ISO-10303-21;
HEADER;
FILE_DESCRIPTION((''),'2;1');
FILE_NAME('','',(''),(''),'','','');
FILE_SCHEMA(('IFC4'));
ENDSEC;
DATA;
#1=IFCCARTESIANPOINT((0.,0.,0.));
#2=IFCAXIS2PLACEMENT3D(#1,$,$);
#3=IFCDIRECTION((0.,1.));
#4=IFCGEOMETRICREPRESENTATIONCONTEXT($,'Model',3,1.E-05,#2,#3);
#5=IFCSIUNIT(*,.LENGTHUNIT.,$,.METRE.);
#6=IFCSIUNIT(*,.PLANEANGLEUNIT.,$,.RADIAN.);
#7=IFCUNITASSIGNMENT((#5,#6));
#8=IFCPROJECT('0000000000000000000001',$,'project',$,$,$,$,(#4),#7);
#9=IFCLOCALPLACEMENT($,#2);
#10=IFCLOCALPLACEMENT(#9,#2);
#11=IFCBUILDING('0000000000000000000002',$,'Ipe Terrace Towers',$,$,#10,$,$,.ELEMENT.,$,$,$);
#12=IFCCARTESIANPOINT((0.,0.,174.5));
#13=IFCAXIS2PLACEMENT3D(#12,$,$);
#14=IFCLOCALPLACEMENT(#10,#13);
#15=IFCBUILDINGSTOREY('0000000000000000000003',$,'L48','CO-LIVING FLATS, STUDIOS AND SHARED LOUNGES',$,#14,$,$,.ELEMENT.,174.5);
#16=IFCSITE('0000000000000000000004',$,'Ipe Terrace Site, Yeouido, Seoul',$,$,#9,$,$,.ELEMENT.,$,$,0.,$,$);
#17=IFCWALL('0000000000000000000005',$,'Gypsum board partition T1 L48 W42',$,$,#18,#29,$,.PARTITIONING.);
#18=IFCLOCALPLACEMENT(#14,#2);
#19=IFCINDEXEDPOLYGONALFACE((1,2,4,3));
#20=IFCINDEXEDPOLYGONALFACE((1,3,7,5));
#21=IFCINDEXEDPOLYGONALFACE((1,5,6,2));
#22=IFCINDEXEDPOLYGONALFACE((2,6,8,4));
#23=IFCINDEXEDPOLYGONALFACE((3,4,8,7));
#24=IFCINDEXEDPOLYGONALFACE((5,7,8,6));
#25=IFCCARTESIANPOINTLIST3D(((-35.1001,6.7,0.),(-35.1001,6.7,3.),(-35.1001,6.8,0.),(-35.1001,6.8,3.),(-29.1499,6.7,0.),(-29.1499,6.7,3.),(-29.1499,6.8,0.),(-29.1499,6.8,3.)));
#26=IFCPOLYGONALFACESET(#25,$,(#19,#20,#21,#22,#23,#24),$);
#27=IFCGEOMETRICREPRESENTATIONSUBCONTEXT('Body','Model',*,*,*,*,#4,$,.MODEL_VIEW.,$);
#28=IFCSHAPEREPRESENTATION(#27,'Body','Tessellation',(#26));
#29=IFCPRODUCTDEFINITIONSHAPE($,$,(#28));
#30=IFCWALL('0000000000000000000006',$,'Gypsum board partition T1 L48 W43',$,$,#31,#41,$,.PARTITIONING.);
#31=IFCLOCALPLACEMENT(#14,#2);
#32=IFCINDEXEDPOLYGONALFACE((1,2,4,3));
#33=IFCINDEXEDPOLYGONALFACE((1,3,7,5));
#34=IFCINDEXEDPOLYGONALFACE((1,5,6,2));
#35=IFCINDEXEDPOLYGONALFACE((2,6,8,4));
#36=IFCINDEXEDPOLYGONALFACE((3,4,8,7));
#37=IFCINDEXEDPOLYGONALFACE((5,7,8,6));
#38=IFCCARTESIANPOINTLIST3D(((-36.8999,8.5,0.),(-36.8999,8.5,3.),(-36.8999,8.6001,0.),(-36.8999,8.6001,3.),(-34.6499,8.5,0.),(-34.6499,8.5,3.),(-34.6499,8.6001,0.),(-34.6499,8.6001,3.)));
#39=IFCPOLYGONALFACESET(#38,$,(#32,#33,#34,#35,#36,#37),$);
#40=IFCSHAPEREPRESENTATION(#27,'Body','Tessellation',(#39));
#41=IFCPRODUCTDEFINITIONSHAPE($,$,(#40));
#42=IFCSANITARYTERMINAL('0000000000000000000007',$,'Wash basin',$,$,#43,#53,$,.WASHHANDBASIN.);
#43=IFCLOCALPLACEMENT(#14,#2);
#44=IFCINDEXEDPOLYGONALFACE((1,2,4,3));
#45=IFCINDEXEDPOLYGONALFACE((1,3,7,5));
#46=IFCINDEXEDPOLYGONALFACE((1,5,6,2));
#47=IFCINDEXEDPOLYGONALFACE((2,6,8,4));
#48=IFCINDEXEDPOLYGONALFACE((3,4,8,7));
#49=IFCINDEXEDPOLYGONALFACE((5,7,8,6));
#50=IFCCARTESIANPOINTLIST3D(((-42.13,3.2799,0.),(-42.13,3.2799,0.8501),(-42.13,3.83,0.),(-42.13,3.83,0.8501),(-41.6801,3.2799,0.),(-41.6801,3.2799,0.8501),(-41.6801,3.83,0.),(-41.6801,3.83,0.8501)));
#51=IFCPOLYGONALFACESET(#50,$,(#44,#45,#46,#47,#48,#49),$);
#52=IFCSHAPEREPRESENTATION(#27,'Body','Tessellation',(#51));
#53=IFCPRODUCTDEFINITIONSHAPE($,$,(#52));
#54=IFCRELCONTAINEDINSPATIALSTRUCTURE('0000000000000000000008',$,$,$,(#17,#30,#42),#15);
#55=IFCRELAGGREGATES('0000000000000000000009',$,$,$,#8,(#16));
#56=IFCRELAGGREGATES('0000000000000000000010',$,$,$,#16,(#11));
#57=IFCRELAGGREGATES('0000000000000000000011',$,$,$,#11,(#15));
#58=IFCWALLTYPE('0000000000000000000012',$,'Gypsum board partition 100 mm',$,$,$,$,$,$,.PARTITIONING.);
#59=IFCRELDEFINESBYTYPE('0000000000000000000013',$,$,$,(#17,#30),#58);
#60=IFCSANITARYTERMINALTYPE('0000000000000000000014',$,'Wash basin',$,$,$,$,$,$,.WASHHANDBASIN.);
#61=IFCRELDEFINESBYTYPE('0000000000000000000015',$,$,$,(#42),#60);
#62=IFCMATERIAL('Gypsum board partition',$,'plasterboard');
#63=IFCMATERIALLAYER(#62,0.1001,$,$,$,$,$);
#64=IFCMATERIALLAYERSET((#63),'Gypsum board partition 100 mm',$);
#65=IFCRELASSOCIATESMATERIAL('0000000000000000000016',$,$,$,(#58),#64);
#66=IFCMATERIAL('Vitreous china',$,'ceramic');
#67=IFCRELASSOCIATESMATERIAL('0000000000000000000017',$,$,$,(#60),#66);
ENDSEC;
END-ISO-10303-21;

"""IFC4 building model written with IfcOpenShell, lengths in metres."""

from ifc_helpers import new_model, si_unit, direction, frame, frame_2d, origin, origin_2d, place, context, subcontext, project, spatial, rectangle, extrude, material, layer, layer_set, type_object, element, save


model = new_model("IFC4")

# Units and contexts
model_context = context("Model", 3, precision=1e-05, world=origin(), true_north=direction((0.0, 1.0)))
body_context = subcontext(model_context, "Body", "Model", "MODEL_VIEW")
ifc_project = project(units=[si_unit("LENGTHUNIT", "METRE"), si_unit("PLANEANGLEUNIT", "RADIAN")], contexts=[model_context])

# Site, building, storey
site_placement = place(None, origin())
site = spatial("IfcSite", under=ifc_project, at=site_placement, Name="Ipe Terrace Site, Yeouido, Seoul", CompositionType="ELEMENT", RefElevation=0.0)
building_placement = place(site_placement, origin())
building = spatial("IfcBuilding", under=site, at=building_placement, Name="Ipe Terrace Towers", CompositionType="ELEMENT")
storey_placement = place(building_placement, frame((0.0, 0.0, 174.5)))
storey = spatial("IfcBuildingStorey", under=building, at=storey_placement, Name="L48", Description="CO-LIVING FLATS, STUDIOS AND SHARED LOUNGES", CompositionType="ELEMENT", Elevation=174.5)

# Shared definitions
ifc_material_1 = material(Name="Gypsum board partition", Category="plasterboard")
ifc_layer_1 = layer(ifc_material_1, 0.1001)
ifc_layer_set_1 = layer_set([ifc_layer_1], Name="Gypsum board partition 100 mm")
wall_type_1 = type_object("IfcWallType", Name="Gypsum board partition 100 mm", PredefinedType="PARTITIONING", material=ifc_layer_set_1)

# Walls
wall_1_placement = place(storey_placement, frame((-35.1001, 6.75, 0.0), z_axis=(0.0, 0.0, 1.0), x_axis=(1.0, 0.0, 0.0)))
element("IfcWall", 1, at=wall_1_placement, inside=storey, type_object=wall_type_1, Name="Gypsum board partition T1 L48 W42", PredefinedType="PARTITIONING", context=body_context, shape_type="SweptSolid", body=[
    extrude(rectangle(XDim=5.9502, YDim=0.1001, at=frame_2d((2.9751, 0.0))), origin(), (0.0, 0.0, 1.0), 3.0),
])
wall_2_placement = place(storey_placement, frame((-36.8999, 8.55, 0.0), z_axis=(0.0, 0.0, 1.0), x_axis=(1.0, 0.0, 0.0)))
element("IfcWall", 2, at=wall_2_placement, inside=storey, type_object=wall_type_1, Name="Gypsum board partition T1 L48 W43", PredefinedType="PARTITIONING", context=body_context, shape_type="SweptSolid", body=[
    extrude(rectangle(XDim=2.25, YDim=0.1001, at=frame_2d((1.125, 0.0))), origin(), (0.0, 0.0, 1.0), 3.0),
])

# Sanitary terminal
ifc_material_2 = material(Name="Vitreous china", Category="ceramic")
sanitary_terminal_type = type_object("IfcSanitaryTerminalType", Name="Wash basin", PredefinedType="WASHHANDBASIN", material=ifc_material_2)
sanitary_terminal_placement = place(storey_placement, frame((-41.905, 3.5549, 0.0), z_axis=(0.0, 0.0, 1.0), x_axis=(0.0, -1.0, 0.0)))
element("IfcSanitaryTerminal", 3, at=sanitary_terminal_placement, inside=storey, type_object=sanitary_terminal_type, Name="Wash basin", PredefinedType="WASHHANDBASIN", context=body_context, shape_type="SweptSolid", body=[
    extrude(rectangle(XDim=0.55, YDim=0.45, at=origin_2d()), origin(), (0.0, 0.0, 1.0), 0.8501),
])

save(model, "model.ifc")
